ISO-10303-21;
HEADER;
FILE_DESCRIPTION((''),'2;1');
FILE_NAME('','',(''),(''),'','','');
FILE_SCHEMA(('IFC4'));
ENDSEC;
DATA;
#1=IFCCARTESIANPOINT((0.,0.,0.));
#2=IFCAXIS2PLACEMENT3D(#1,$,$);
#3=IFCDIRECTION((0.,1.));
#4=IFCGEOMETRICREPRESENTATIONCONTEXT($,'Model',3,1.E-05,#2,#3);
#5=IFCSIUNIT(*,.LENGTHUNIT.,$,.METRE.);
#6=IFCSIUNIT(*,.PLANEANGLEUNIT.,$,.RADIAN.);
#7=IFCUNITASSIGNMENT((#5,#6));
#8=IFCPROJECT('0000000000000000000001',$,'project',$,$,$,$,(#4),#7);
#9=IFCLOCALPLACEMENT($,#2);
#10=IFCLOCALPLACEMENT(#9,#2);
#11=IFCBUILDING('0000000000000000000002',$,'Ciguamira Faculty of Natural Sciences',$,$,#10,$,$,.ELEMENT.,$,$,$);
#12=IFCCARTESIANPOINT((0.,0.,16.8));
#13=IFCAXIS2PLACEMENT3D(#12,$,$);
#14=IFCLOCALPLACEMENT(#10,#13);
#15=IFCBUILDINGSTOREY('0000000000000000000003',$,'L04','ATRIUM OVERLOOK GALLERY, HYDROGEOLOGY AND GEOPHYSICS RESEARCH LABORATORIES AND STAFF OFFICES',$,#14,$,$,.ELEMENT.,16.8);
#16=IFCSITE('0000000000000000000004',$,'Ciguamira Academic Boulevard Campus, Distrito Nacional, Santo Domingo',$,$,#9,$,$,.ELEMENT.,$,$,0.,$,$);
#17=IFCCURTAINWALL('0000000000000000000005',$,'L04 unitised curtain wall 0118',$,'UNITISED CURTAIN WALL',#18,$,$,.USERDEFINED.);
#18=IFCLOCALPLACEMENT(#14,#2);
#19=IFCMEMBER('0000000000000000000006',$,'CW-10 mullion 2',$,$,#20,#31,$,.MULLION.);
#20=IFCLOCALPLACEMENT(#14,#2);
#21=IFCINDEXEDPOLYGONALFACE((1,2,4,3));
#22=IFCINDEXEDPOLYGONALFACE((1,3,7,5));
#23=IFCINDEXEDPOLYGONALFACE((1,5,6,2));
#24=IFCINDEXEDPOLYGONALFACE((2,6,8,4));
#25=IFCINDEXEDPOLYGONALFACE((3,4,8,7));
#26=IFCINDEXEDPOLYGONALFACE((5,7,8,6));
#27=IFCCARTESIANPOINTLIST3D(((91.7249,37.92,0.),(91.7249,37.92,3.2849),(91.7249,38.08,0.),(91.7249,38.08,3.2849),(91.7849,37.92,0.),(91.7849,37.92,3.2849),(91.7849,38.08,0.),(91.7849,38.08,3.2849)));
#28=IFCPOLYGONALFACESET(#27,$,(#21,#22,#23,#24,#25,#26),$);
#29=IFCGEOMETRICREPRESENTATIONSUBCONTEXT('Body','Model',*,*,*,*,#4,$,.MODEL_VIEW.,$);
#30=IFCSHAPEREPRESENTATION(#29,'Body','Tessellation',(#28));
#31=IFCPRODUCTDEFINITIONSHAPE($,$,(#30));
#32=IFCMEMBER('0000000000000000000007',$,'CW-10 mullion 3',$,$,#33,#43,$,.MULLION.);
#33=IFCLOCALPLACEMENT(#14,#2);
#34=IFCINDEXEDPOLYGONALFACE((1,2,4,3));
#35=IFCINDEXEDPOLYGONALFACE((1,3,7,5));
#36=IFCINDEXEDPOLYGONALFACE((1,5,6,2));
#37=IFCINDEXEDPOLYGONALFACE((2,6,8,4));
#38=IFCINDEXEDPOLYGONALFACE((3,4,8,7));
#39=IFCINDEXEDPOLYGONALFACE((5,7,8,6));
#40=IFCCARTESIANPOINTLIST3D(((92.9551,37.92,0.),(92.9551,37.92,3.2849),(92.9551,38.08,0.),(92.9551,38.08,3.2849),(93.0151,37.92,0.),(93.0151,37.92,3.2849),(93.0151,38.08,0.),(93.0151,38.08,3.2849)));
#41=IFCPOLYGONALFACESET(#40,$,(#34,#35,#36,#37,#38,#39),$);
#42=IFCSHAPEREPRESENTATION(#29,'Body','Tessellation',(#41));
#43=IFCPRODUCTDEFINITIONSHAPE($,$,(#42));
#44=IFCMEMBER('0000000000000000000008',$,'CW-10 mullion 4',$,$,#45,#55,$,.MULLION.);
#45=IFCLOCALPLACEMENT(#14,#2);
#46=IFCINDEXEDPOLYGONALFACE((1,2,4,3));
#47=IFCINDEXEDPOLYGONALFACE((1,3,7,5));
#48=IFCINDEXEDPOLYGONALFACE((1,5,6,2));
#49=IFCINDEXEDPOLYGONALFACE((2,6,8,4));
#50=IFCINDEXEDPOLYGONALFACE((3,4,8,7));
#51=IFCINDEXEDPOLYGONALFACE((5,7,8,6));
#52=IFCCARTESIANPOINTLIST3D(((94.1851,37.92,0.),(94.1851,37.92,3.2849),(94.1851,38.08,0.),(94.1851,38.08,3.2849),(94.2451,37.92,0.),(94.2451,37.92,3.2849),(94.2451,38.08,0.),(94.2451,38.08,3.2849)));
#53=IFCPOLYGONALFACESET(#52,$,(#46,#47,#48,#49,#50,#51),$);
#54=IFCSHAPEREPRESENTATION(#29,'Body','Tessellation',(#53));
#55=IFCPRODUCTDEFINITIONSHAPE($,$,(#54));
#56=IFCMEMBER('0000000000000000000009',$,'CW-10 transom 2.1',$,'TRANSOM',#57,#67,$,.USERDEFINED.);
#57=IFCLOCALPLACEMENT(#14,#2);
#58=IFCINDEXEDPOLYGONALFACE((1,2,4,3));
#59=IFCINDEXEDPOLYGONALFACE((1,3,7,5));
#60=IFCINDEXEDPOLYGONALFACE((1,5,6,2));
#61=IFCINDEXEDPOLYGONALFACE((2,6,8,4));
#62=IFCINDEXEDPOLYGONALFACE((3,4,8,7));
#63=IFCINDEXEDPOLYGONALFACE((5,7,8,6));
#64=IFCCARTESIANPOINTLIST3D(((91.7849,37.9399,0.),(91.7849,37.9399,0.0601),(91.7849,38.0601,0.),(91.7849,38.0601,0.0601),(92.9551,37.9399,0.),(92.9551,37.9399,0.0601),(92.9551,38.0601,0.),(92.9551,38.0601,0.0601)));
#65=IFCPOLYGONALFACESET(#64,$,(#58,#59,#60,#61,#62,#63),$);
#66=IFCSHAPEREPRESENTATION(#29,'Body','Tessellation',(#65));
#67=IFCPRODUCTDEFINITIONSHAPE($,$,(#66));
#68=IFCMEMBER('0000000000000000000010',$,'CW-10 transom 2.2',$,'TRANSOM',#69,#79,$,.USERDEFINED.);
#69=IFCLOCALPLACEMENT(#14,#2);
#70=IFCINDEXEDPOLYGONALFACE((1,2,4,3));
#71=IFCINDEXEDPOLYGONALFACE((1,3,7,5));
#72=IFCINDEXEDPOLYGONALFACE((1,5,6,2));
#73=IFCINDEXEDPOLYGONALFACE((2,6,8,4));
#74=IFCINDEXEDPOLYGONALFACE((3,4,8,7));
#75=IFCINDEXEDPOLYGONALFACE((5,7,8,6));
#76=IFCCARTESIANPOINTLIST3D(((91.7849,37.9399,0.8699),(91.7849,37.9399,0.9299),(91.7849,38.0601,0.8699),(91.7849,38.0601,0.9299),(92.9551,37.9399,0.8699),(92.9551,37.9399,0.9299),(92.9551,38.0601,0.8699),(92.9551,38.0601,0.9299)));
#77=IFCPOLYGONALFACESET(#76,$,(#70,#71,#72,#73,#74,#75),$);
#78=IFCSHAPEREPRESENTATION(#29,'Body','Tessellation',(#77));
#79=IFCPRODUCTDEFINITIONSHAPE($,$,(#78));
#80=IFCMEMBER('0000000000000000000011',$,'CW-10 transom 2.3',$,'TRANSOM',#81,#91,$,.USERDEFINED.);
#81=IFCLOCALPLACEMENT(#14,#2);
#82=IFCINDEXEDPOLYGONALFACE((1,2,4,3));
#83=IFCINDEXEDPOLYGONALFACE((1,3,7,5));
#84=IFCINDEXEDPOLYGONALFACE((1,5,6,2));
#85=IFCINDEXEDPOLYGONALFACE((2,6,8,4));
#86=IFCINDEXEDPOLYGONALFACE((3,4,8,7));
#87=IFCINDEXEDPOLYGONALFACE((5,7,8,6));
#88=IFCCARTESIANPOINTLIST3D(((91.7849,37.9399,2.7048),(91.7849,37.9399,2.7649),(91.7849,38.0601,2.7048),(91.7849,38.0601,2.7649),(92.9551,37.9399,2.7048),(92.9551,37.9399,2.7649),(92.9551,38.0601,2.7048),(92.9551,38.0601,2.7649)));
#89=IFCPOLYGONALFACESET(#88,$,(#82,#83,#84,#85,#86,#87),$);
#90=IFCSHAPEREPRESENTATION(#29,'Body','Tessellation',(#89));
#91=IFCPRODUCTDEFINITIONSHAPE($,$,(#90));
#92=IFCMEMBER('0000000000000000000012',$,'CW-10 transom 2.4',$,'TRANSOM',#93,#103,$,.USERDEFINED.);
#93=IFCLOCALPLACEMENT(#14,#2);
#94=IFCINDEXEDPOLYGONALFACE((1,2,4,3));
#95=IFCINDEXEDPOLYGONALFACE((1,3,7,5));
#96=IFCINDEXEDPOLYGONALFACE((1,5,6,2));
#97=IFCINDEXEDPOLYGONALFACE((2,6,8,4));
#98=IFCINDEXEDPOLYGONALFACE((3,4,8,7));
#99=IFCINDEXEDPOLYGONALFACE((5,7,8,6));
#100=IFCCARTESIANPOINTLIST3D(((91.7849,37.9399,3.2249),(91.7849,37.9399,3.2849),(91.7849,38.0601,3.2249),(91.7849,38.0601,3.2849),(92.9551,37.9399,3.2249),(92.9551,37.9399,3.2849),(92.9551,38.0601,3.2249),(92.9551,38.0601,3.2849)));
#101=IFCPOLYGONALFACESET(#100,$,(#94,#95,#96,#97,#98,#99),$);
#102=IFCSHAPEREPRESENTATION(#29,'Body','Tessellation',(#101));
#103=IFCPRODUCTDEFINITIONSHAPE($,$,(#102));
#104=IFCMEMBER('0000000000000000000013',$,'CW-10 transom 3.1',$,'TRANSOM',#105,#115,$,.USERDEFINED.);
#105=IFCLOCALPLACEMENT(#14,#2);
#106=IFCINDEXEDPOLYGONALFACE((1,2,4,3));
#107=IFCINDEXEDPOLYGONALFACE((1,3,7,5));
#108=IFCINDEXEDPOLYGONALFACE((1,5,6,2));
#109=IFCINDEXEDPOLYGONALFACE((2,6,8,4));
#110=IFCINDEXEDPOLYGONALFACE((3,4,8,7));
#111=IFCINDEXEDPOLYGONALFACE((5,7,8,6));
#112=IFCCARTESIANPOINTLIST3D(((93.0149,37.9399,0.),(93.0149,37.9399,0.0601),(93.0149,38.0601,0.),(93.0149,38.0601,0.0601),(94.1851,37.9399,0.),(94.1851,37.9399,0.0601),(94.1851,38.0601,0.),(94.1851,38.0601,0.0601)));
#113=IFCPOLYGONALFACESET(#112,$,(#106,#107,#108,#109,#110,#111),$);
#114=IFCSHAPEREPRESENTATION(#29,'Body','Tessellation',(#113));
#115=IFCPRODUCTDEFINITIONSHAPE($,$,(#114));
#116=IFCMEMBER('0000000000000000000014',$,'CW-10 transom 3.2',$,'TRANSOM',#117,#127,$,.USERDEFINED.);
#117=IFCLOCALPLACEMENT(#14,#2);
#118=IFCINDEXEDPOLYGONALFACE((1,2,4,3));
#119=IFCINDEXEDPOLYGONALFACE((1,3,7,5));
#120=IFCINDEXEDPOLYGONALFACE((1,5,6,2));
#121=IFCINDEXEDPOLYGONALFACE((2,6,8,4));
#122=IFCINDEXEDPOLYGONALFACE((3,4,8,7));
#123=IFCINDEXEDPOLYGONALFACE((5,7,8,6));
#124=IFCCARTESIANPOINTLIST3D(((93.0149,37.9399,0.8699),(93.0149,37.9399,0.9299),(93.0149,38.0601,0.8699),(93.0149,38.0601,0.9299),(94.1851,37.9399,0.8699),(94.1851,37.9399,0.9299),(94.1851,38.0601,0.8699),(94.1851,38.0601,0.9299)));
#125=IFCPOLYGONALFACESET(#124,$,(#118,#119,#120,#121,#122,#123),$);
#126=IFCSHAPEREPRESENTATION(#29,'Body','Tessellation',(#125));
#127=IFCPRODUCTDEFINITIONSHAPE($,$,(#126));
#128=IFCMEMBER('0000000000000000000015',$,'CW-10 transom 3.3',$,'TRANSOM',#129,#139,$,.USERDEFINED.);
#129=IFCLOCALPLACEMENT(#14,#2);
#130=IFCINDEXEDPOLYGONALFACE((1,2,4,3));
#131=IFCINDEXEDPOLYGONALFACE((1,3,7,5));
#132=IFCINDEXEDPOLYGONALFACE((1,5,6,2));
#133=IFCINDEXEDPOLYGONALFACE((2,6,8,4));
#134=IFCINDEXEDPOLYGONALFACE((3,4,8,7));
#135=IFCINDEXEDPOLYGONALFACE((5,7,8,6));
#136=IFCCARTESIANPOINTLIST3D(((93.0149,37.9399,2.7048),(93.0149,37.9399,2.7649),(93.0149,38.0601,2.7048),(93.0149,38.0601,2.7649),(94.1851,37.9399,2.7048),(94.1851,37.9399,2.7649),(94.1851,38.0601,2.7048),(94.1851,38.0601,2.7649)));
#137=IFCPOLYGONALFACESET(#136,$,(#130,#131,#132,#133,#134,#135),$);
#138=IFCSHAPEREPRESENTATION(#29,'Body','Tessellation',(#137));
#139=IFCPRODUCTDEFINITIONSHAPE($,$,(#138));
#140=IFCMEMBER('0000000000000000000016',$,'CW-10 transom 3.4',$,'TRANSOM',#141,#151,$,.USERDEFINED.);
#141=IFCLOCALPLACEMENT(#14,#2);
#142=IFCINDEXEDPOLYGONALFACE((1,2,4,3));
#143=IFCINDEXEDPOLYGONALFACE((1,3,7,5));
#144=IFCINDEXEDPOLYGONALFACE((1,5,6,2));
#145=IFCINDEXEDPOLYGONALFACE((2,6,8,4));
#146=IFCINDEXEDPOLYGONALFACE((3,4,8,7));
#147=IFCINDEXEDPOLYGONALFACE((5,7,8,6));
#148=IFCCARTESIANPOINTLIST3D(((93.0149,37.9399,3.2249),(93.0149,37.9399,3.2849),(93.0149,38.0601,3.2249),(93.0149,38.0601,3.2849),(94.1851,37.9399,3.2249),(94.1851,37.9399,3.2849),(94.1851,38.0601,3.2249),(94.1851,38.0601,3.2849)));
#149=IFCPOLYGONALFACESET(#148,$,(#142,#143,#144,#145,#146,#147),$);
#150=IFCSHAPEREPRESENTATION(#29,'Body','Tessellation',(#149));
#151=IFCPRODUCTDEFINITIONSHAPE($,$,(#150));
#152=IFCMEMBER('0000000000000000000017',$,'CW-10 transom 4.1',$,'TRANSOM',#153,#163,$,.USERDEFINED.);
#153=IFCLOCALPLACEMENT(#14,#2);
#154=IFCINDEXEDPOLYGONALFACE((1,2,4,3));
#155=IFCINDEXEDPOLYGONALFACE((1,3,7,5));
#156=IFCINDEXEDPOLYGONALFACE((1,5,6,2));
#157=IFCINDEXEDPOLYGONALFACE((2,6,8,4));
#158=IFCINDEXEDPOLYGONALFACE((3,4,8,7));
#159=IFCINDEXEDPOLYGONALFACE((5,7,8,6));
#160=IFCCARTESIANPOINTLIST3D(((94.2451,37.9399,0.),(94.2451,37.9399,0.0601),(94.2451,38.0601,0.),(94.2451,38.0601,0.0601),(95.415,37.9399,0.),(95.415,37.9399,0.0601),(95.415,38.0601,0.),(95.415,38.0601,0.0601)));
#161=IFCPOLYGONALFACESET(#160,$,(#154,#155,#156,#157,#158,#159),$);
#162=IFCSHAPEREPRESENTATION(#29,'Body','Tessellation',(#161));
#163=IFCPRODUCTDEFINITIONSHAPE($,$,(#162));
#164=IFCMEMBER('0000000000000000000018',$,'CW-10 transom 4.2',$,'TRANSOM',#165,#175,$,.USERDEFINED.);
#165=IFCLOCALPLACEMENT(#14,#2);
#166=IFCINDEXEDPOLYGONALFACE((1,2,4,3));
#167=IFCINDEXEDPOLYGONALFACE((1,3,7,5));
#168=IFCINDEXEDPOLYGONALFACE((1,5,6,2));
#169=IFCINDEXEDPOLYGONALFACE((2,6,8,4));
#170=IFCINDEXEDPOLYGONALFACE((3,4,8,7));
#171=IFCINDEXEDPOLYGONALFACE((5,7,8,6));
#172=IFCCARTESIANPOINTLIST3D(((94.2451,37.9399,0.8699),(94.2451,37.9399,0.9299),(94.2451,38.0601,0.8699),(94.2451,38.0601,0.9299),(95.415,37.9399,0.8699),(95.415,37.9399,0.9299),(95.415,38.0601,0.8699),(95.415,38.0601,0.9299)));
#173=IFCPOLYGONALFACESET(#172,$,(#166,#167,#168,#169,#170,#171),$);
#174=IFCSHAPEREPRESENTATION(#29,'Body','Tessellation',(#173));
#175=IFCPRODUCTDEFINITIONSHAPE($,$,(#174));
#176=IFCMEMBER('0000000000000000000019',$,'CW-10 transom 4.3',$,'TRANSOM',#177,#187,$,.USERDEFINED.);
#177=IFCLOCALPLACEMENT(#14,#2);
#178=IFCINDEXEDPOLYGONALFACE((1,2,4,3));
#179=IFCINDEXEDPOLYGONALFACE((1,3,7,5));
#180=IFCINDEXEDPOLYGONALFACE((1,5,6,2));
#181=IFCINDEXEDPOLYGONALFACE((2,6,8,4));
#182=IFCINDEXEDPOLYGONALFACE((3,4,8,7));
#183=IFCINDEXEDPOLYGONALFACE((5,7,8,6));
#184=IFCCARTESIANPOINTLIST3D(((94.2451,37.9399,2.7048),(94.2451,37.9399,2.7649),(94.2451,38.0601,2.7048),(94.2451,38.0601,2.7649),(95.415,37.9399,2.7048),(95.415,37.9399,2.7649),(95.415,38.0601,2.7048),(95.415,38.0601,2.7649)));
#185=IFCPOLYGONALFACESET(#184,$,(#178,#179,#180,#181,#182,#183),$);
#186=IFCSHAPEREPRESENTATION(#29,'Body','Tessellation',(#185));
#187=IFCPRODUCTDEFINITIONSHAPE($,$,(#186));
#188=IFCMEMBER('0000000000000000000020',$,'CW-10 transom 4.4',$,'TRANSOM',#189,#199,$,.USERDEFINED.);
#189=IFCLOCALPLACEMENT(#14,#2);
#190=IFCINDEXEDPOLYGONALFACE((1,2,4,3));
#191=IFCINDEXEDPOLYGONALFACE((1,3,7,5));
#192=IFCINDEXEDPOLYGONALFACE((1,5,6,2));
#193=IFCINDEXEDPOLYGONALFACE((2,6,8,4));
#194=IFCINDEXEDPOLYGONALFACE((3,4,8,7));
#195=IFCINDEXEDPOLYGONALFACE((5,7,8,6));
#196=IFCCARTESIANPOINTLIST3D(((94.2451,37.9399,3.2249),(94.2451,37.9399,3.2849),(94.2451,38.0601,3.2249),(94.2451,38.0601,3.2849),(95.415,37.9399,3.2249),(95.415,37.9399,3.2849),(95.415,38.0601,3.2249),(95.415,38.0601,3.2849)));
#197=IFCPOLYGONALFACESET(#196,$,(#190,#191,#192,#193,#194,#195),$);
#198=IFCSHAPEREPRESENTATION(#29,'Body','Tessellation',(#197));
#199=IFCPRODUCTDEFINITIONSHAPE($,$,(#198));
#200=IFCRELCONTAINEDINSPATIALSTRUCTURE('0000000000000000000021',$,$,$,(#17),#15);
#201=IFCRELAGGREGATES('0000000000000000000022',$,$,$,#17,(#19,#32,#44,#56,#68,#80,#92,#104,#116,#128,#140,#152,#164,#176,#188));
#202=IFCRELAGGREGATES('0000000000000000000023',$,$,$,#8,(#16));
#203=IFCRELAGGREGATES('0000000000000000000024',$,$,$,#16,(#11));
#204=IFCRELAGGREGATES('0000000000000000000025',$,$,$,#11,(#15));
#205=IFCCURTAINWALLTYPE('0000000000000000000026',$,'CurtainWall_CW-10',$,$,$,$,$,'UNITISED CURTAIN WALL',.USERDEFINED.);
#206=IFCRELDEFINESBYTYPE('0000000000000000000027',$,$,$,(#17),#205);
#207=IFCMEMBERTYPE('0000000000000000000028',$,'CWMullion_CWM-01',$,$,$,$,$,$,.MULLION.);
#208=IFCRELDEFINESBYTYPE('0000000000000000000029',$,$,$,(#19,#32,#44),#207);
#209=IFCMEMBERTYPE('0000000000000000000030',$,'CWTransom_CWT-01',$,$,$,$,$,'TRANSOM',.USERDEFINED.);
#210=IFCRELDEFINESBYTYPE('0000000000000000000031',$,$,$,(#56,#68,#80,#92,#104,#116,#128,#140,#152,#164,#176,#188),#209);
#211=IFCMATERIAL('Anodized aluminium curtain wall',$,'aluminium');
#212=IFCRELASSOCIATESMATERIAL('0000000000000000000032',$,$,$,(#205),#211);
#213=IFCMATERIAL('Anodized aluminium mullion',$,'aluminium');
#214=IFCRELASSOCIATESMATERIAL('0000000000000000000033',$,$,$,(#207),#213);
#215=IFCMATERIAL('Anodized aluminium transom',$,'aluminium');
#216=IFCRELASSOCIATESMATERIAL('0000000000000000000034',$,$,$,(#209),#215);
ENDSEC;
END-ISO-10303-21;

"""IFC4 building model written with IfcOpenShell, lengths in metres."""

from ifc_helpers import new_model, si_unit, direction, frame, origin, origin_2d, place, context, subcontext, project, spatial, rectangle, extrude, material, material_profile, profile_set, type_object, element, aggregate, save


model = new_model("IFC4")

# Units and contexts
model_context = context("Model", 3, precision=1e-05, world=origin(), true_north=direction((0.0, 1.0)))
body_context = subcontext(model_context, "Body", "Model", "MODEL_VIEW")
ifc_project = project(units=[si_unit("LENGTHUNIT", "METRE"), si_unit("PLANEANGLEUNIT", "RADIAN")], contexts=[model_context])

# Site, building, storey
site_placement = place(None, origin())
site = spatial("IfcSite", under=ifc_project, at=site_placement, Name="Ciguamira Academic Boulevard Campus, Distrito Nacional, Santo Domingo", CompositionType="ELEMENT", RefElevation=0.0)
building_placement = place(site_placement, origin())
building = spatial("IfcBuilding", under=site, at=building_placement, Name="Ciguamira Faculty of Natural Sciences", CompositionType="ELEMENT")
storey_placement = place(building_placement, frame((0.0, 0.0, 16.8)))
storey = spatial("IfcBuildingStorey", under=building, at=storey_placement, Name="L04", Description="ATRIUM OVERLOOK GALLERY, HYDROGEOLOGY AND GEOPHYSICS RESEARCH LABORATORIES AND STAFF OFFICES", CompositionType="ELEMENT", Elevation=16.8)

# Curtain wall, members
ifc_material_1 = material(Name="Anodized aluminium curtain wall", Category="aluminium")
curtain_wall_type = type_object("IfcCurtainWallType", Name="CurtainWall_CW-10", ElementType="UNITISED CURTAIN WALL", PredefinedType="USERDEFINED", material=ifc_material_1)
curtain_wall_placement = place(storey_placement, origin())
curtain_wall = element("IfcCurtainWall", 1, at=curtain_wall_placement, inside=storey, type_object=curtain_wall_type, Name="L04 unitised curtain wall 0118", ObjectType="UNITISED CURTAIN WALL", PredefinedType="USERDEFINED")
ifc_material_2 = material(Name="Anodized aluminium mullion", Category="aluminium")
ifc_material_profile_1 = material_profile(ifc_material_2, rectangle(XDim=0.0601, YDim=0.1599, at=origin_2d()), Name="ALU-MUL-60X160")
ifc_profile_set_1 = profile_set([ifc_material_profile_1], Name="Anodized aluminium mullion")
member_type_1 = type_object("IfcMemberType", Name="CWMullion_CWM-01", PredefinedType="MULLION", material=ifc_profile_set_1)
member_1_placement = place(storey_placement, frame((91.7549, 38.0, 0.0), z_axis=(0.0, 0.0, 1.0), x_axis=(1.0, 0.0, 0.0)))
member_1 = element("IfcMember", 2, at=member_1_placement, type_object=member_type_1, Name="CW-10 mullion 2", PredefinedType="MULLION", context=body_context, shape_type="SweptSolid", body=[
    extrude(rectangle(XDim=0.0601, YDim=0.1599, at=origin_2d()), origin(), (0.0, 0.0, 1.0), 3.2849),
])
member_2_placement = place(storey_placement, frame((92.9851, 38.0, 0.0), z_axis=(0.0, 0.0, 1.0), x_axis=(1.0, 0.0, 0.0)))
member_2 = element("IfcMember", 3, at=member_2_placement, type_object=member_type_1, Name="CW-10 mullion 3", PredefinedType="MULLION", context=body_context, shape_type="SweptSolid", body=[
    extrude(rectangle(XDim=0.0601, YDim=0.1599, at=origin_2d()), origin(), (0.0, 0.0, 1.0), 3.2849),
])
member_3_placement = place(storey_placement, frame((94.2151, 38.0, 0.0), z_axis=(0.0, 0.0, 1.0), x_axis=(1.0, 0.0, 0.0)))
member_3 = element("IfcMember", 4, at=member_3_placement, type_object=member_type_1, Name="CW-10 mullion 4", PredefinedType="MULLION", context=body_context, shape_type="SweptSolid", body=[
    extrude(rectangle(XDim=0.0601, YDim=0.1599, at=origin_2d()), origin(), (0.0, 0.0, 1.0), 3.2849),
])
ifc_material_3 = material(Name="Anodized aluminium transom", Category="aluminium")
ifc_material_profile_2 = material_profile(ifc_material_3, rectangle(XDim=0.0601, YDim=0.1201, at=origin_2d()), Name="ALU-TRN-60X120")
ifc_profile_set_2 = profile_set([ifc_material_profile_2], Name="Anodized aluminium transom")
member_type_2 = type_object("IfcMemberType", Name="CWTransom_CWT-01", ElementType="TRANSOM", PredefinedType="USERDEFINED", material=ifc_profile_set_2)
member_4_placement = place(storey_placement, frame((91.7849, 38.0, 0.03), z_axis=(1.0, 0.0, 0.0), x_axis=(0.0, 0.0, 1.0)))
member_4 = element("IfcMember", 5, at=member_4_placement, type_object=member_type_2, Name="CW-10 transom 2.1", ObjectType="TRANSOM", PredefinedType="USERDEFINED", context=body_context, shape_type="SweptSolid", body=[
    extrude(rectangle(XDim=0.0601, YDim=0.1201, at=origin_2d()), origin(), (0.0, 0.0, 1.0), 1.1702),
])
member_5_placement = place(storey_placement, frame((91.7849, 38.0, 0.8999), z_axis=(1.0, 0.0, 0.0), x_axis=(0.0, 0.0, 1.0)))
member_5 = element("IfcMember", 6, at=member_5_placement, type_object=member_type_2, Name="CW-10 transom 2.2", ObjectType="TRANSOM", PredefinedType="USERDEFINED", context=body_context, shape_type="SweptSolid", body=[
    extrude(rectangle(XDim=0.0601, YDim=0.1201, at=origin_2d()), origin(), (0.0, 0.0, 1.0), 1.1702),
])
member_6_placement = place(storey_placement, frame((91.7849, 38.0, 2.7349), z_axis=(1.0, 0.0, 0.0), x_axis=(0.0, 0.0, 1.0)))
member_6 = element("IfcMember", 7, at=member_6_placement, type_object=member_type_2, Name="CW-10 transom 2.3", ObjectType="TRANSOM", PredefinedType="USERDEFINED", context=body_context, shape_type="SweptSolid", body=[
    extrude(rectangle(XDim=0.0601, YDim=0.1201, at=origin_2d()), origin(), (0.0, 0.0, 1.0), 1.1702),
])
member_7_placement = place(storey_placement, frame((91.7849, 38.0, 3.2549), z_axis=(1.0, 0.0, 0.0), x_axis=(0.0, 0.0, 1.0)))
member_7 = element("IfcMember", 8, at=member_7_placement, type_object=member_type_2, Name="CW-10 transom 2.4", ObjectType="TRANSOM", PredefinedType="USERDEFINED", context=body_context, shape_type="SweptSolid", body=[
    extrude(rectangle(XDim=0.0601, YDim=0.1201, at=origin_2d()), origin(), (0.0, 0.0, 1.0), 1.1702),
])
member_8_placement = place(storey_placement, frame((93.0149, 38.0, 0.03), z_axis=(1.0, 0.0, 0.0), x_axis=(0.0, 0.0, 1.0)))
member_8 = element("IfcMember", 9, at=member_8_placement, type_object=member_type_2, Name="CW-10 transom 3.1", ObjectType="TRANSOM", PredefinedType="USERDEFINED", context=body_context, shape_type="SweptSolid", body=[
    extrude(rectangle(XDim=0.0601, YDim=0.1201, at=origin_2d()), origin(), (0.0, 0.0, 1.0), 1.1702),
])
member_9_placement = place(storey_placement, frame((93.0149, 38.0, 0.8999), z_axis=(1.0, 0.0, 0.0), x_axis=(0.0, 0.0, 1.0)))
member_9 = element("IfcMember", 10, at=member_9_placement, type_object=member_type_2, Name="CW-10 transom 3.2", ObjectType="TRANSOM", PredefinedType="USERDEFINED", context=body_context, shape_type="SweptSolid", body=[
    extrude(rectangle(XDim=0.0601, YDim=0.1201, at=origin_2d()), origin(), (0.0, 0.0, 1.0), 1.1702),
])
member_10_placement = place(storey_placement, frame((93.0149, 38.0, 2.7349), z_axis=(1.0, 0.0, 0.0), x_axis=(0.0, 0.0, 1.0)))
member_10 = element("IfcMember", 11, at=member_10_placement, type_object=member_type_2, Name="CW-10 transom 3.3", ObjectType="TRANSOM", PredefinedType="USERDEFINED", context=body_context, shape_type="SweptSolid", body=[
    extrude(rectangle(XDim=0.0601, YDim=0.1201, at=origin_2d()), origin(), (0.0, 0.0, 1.0), 1.1702),
])
member_11_placement = place(storey_placement, frame((93.0149, 38.0, 3.2549), z_axis=(1.0, 0.0, 0.0), x_axis=(0.0, 0.0, 1.0)))
member_11 = element("IfcMember", 12, at=member_11_placement, type_object=member_type_2, Name="CW-10 transom 3.4", ObjectType="TRANSOM", PredefinedType="USERDEFINED", context=body_context, shape_type="SweptSolid", body=[
    extrude(rectangle(XDim=0.0601, YDim=0.1201, at=origin_2d()), origin(), (0.0, 0.0, 1.0), 1.1702),
])
member_12_placement = place(storey_placement, frame((94.2451, 38.0, 0.03), z_axis=(1.0, 0.0, 0.0), x_axis=(0.0, 0.0, 1.0)))
member_12 = element("IfcMember", 13, at=member_12_placement, type_object=member_type_2, Name="CW-10 transom 4.1", ObjectType="TRANSOM", PredefinedType="USERDEFINED", context=body_context, shape_type="SweptSolid", body=[
    extrude(rectangle(XDim=0.0601, YDim=0.1201, at=origin_2d()), origin(), (0.0, 0.0, 1.0), 1.1699),
])
member_13_placement = place(storey_placement, frame((94.2451, 38.0, 0.8999), z_axis=(1.0, 0.0, 0.0), x_axis=(0.0, 0.0, 1.0)))
member_13 = element("IfcMember", 14, at=member_13_placement, type_object=member_type_2, Name="CW-10 transom 4.2", ObjectType="TRANSOM", PredefinedType="USERDEFINED", context=body_context, shape_type="SweptSolid", body=[
    extrude(rectangle(XDim=0.0601, YDim=0.1201, at=origin_2d()), origin(), (0.0, 0.0, 1.0), 1.1699),
])
member_14_placement = place(storey_placement, frame((94.2451, 38.0, 2.7349), z_axis=(1.0, 0.0, 0.0), x_axis=(0.0, 0.0, 1.0)))
member_14 = element("IfcMember", 15, at=member_14_placement, type_object=member_type_2, Name="CW-10 transom 4.3", ObjectType="TRANSOM", PredefinedType="USERDEFINED", context=body_context, shape_type="SweptSolid", body=[
    extrude(rectangle(XDim=0.0601, YDim=0.1201, at=origin_2d()), origin(), (0.0, 0.0, 1.0), 1.1699),
])
member_15_placement = place(storey_placement, frame((94.2451, 38.0, 3.2549), z_axis=(1.0, 0.0, 0.0), x_axis=(0.0, 0.0, 1.0)))
member_15 = element("IfcMember", 16, at=member_15_placement, type_object=member_type_2, Name="CW-10 transom 4.4", ObjectType="TRANSOM", PredefinedType="USERDEFINED", context=body_context, shape_type="SweptSolid", body=[
    extrude(rectangle(XDim=0.0601, YDim=0.1201, at=origin_2d()), origin(), (0.0, 0.0, 1.0), 1.1699),
])
aggregate(curtain_wall, [member_1, member_2, member_3, member_4, member_5, member_6, member_7, member_8, member_9, member_10, member_11, member_12, member_13, member_14, member_15])

save(model, "model.ifc")
